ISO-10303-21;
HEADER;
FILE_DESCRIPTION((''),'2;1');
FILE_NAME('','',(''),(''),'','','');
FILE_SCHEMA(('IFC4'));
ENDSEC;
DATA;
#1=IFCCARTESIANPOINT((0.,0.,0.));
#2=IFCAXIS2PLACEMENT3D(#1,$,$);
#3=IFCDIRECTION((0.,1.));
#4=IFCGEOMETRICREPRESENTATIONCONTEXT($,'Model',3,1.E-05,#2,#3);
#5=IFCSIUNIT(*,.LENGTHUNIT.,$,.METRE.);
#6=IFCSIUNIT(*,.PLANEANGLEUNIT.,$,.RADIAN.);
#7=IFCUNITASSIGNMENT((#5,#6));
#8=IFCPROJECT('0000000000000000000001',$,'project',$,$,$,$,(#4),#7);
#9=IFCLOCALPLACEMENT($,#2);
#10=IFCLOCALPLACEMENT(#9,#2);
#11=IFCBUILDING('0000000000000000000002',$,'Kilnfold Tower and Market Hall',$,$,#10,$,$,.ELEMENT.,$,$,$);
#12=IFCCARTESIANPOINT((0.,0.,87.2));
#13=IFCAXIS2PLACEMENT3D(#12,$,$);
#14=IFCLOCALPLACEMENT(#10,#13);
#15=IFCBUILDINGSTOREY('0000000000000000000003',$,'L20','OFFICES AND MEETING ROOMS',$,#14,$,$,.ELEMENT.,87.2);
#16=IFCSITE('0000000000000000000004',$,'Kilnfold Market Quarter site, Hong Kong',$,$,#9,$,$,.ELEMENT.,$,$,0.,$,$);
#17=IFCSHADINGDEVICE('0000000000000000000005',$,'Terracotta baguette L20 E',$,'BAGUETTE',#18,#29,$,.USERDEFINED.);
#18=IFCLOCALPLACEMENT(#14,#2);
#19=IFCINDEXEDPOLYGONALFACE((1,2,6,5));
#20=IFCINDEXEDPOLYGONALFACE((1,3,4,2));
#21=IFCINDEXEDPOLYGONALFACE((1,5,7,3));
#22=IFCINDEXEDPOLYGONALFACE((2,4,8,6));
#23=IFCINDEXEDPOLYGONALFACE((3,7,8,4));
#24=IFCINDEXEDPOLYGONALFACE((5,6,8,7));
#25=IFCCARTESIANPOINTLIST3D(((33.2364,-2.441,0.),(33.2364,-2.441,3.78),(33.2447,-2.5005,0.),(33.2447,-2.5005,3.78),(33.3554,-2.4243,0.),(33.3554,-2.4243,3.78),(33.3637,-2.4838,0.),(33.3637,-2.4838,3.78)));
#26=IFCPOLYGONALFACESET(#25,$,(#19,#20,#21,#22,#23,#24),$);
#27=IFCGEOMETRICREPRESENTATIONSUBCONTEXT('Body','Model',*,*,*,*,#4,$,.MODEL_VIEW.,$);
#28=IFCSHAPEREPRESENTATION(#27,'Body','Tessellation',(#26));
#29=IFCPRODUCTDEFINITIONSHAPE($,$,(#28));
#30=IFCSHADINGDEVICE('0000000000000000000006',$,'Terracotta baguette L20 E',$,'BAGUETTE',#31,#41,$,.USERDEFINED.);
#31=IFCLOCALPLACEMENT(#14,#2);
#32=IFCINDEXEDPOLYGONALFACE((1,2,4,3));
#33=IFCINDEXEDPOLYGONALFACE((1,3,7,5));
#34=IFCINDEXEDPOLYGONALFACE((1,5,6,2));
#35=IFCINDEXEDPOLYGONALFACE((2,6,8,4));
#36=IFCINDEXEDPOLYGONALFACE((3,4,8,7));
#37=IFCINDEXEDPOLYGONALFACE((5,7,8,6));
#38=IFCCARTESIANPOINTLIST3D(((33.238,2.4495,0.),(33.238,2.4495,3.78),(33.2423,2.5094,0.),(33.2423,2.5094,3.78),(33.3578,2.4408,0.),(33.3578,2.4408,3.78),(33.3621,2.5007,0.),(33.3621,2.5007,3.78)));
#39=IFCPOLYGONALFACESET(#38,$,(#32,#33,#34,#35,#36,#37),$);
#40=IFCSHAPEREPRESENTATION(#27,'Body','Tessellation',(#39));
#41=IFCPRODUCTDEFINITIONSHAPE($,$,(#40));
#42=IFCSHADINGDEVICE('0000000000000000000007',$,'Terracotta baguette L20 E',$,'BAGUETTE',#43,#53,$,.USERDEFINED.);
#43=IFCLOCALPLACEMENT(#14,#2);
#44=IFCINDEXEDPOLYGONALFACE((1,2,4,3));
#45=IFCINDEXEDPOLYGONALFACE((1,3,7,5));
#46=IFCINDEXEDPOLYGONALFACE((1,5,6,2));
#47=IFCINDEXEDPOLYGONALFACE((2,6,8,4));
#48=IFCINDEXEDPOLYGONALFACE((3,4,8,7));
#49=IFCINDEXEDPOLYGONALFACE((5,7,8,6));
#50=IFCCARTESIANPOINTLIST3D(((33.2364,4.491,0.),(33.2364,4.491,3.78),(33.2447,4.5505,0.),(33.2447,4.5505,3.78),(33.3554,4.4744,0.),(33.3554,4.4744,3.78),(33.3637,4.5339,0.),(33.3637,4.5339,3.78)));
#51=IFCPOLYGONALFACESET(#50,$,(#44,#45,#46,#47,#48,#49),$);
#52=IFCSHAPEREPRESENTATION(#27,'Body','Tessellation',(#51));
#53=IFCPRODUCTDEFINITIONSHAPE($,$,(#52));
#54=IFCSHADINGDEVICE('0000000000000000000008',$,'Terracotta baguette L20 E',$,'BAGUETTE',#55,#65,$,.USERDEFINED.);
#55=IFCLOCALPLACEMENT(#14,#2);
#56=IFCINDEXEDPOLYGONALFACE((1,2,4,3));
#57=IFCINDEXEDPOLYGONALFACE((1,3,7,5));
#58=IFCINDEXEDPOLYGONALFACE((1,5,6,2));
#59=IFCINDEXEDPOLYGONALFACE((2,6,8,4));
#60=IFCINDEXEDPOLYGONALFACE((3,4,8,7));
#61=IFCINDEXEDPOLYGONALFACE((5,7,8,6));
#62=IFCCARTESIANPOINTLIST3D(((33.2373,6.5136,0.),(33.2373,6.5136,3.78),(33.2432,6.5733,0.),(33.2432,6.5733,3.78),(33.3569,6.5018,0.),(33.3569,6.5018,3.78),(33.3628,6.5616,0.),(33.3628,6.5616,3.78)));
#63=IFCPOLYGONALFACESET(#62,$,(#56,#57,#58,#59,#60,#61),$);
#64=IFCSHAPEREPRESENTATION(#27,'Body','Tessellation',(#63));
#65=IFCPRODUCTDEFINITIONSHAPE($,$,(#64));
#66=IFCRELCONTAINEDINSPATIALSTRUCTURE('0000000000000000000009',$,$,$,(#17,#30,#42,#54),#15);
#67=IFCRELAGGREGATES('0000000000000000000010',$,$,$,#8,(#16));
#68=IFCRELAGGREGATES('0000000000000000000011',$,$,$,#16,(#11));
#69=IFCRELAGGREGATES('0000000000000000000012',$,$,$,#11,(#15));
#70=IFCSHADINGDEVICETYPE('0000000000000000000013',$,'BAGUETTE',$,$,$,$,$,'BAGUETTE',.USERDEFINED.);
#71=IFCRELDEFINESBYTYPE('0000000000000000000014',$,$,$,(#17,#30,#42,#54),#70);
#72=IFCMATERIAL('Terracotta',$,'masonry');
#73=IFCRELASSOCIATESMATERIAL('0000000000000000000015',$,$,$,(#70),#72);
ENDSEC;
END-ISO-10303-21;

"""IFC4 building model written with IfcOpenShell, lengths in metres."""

from ifc_helpers import new_model, si_unit, direction, frame, origin, origin_2d, place, context, subcontext, project, spatial, rectangle, extrude, source, transform, mapped, material, material_profile, profile_set, type_object, element, save


model = new_model("IFC4")

# Units and contexts
model_context = context("Model", 3, precision=1e-05, world=origin(), true_north=direction((0.0, 1.0)))
body_context = subcontext(model_context, "Body", "Model", "MODEL_VIEW")
ifc_project = project(units=[si_unit("LENGTHUNIT", "METRE"), si_unit("PLANEANGLEUNIT", "RADIAN")], contexts=[model_context])

# Site, building, storey
site_placement = place(None, origin())
site = spatial("IfcSite", under=ifc_project, at=site_placement, Name="Kilnfold Market Quarter site, Hong Kong", CompositionType="ELEMENT", RefElevation=0.0)
building_placement = place(site_placement, origin())
building = spatial("IfcBuilding", under=site, at=building_placement, Name="Kilnfold Tower and Market Hall", CompositionType="ELEMENT")
storey_placement = place(building_placement, frame((0.0, 0.0, 87.2)))
storey = spatial("IfcBuildingStorey", under=building, at=storey_placement, Name="L20", Description="OFFICES AND MEETING ROOMS", CompositionType="ELEMENT", Elevation=87.2)

# Shading devices
ifc_material_1 = material(Name="Terracotta", Category="masonry")
ifc_material_profile_1 = material_profile(ifc_material_1, rectangle(XDim=0.0601, YDim=0.1201, at=origin_2d()), Name="BAG 60x120")
ifc_profile_set_1 = profile_set([ifc_material_profile_1], Name="Terracotta")
shading_device_type = type_object("IfcShadingDeviceType", Name="BAGUETTE", ElementType="BAGUETTE", PredefinedType="USERDEFINED", material=ifc_profile_set_1)
shared_shape_1 = source(origin(), body_context, "Body", "SweptSolid", [
    extrude(rectangle(XDim=0.0601, YDim=0.1201, at=origin_2d()), origin(), (0.0, 0.0, 1.0), 3.78),
])
for number, where, z_axis, x_axis, name in (
    (1, (33.3, -2.4624, 0.0), (0.0, 0.0, 1.0), (-0.138445, 0.99037, 0.0), "Terracotta baguette L20 E"),
    (2, (33.3, 2.4751, 0.0), (0.0, 0.0, 1.0), (0.072021, 0.997403, 0.0), "Terracotta baguette L20 E"),
    (3, (33.3, 4.5125, 0.0), (0.0, 0.0, 1.0), (0.138278, 0.990393, 0.0), "Terracotta baguette L20 E"),
    (4, (33.3, 6.5376, 0.0), (0.0, 0.0, 1.0), (0.09763, 0.995223, 0.0), "Terracotta baguette L20 E"),
):
    element("IfcShadingDevice", number, at=place(storey_placement, frame(where, z_axis=z_axis, x_axis=x_axis)), inside=storey, type_object=shading_device_type, Name=name, ObjectType="BAGUETTE", PredefinedType="USERDEFINED", context=body_context, shape_type="MappedRepresentation", body=[
        mapped(shared_shape_1, transform((0.0, 0.0, 0.0))),
    ])

save(model, "model.ifc")
